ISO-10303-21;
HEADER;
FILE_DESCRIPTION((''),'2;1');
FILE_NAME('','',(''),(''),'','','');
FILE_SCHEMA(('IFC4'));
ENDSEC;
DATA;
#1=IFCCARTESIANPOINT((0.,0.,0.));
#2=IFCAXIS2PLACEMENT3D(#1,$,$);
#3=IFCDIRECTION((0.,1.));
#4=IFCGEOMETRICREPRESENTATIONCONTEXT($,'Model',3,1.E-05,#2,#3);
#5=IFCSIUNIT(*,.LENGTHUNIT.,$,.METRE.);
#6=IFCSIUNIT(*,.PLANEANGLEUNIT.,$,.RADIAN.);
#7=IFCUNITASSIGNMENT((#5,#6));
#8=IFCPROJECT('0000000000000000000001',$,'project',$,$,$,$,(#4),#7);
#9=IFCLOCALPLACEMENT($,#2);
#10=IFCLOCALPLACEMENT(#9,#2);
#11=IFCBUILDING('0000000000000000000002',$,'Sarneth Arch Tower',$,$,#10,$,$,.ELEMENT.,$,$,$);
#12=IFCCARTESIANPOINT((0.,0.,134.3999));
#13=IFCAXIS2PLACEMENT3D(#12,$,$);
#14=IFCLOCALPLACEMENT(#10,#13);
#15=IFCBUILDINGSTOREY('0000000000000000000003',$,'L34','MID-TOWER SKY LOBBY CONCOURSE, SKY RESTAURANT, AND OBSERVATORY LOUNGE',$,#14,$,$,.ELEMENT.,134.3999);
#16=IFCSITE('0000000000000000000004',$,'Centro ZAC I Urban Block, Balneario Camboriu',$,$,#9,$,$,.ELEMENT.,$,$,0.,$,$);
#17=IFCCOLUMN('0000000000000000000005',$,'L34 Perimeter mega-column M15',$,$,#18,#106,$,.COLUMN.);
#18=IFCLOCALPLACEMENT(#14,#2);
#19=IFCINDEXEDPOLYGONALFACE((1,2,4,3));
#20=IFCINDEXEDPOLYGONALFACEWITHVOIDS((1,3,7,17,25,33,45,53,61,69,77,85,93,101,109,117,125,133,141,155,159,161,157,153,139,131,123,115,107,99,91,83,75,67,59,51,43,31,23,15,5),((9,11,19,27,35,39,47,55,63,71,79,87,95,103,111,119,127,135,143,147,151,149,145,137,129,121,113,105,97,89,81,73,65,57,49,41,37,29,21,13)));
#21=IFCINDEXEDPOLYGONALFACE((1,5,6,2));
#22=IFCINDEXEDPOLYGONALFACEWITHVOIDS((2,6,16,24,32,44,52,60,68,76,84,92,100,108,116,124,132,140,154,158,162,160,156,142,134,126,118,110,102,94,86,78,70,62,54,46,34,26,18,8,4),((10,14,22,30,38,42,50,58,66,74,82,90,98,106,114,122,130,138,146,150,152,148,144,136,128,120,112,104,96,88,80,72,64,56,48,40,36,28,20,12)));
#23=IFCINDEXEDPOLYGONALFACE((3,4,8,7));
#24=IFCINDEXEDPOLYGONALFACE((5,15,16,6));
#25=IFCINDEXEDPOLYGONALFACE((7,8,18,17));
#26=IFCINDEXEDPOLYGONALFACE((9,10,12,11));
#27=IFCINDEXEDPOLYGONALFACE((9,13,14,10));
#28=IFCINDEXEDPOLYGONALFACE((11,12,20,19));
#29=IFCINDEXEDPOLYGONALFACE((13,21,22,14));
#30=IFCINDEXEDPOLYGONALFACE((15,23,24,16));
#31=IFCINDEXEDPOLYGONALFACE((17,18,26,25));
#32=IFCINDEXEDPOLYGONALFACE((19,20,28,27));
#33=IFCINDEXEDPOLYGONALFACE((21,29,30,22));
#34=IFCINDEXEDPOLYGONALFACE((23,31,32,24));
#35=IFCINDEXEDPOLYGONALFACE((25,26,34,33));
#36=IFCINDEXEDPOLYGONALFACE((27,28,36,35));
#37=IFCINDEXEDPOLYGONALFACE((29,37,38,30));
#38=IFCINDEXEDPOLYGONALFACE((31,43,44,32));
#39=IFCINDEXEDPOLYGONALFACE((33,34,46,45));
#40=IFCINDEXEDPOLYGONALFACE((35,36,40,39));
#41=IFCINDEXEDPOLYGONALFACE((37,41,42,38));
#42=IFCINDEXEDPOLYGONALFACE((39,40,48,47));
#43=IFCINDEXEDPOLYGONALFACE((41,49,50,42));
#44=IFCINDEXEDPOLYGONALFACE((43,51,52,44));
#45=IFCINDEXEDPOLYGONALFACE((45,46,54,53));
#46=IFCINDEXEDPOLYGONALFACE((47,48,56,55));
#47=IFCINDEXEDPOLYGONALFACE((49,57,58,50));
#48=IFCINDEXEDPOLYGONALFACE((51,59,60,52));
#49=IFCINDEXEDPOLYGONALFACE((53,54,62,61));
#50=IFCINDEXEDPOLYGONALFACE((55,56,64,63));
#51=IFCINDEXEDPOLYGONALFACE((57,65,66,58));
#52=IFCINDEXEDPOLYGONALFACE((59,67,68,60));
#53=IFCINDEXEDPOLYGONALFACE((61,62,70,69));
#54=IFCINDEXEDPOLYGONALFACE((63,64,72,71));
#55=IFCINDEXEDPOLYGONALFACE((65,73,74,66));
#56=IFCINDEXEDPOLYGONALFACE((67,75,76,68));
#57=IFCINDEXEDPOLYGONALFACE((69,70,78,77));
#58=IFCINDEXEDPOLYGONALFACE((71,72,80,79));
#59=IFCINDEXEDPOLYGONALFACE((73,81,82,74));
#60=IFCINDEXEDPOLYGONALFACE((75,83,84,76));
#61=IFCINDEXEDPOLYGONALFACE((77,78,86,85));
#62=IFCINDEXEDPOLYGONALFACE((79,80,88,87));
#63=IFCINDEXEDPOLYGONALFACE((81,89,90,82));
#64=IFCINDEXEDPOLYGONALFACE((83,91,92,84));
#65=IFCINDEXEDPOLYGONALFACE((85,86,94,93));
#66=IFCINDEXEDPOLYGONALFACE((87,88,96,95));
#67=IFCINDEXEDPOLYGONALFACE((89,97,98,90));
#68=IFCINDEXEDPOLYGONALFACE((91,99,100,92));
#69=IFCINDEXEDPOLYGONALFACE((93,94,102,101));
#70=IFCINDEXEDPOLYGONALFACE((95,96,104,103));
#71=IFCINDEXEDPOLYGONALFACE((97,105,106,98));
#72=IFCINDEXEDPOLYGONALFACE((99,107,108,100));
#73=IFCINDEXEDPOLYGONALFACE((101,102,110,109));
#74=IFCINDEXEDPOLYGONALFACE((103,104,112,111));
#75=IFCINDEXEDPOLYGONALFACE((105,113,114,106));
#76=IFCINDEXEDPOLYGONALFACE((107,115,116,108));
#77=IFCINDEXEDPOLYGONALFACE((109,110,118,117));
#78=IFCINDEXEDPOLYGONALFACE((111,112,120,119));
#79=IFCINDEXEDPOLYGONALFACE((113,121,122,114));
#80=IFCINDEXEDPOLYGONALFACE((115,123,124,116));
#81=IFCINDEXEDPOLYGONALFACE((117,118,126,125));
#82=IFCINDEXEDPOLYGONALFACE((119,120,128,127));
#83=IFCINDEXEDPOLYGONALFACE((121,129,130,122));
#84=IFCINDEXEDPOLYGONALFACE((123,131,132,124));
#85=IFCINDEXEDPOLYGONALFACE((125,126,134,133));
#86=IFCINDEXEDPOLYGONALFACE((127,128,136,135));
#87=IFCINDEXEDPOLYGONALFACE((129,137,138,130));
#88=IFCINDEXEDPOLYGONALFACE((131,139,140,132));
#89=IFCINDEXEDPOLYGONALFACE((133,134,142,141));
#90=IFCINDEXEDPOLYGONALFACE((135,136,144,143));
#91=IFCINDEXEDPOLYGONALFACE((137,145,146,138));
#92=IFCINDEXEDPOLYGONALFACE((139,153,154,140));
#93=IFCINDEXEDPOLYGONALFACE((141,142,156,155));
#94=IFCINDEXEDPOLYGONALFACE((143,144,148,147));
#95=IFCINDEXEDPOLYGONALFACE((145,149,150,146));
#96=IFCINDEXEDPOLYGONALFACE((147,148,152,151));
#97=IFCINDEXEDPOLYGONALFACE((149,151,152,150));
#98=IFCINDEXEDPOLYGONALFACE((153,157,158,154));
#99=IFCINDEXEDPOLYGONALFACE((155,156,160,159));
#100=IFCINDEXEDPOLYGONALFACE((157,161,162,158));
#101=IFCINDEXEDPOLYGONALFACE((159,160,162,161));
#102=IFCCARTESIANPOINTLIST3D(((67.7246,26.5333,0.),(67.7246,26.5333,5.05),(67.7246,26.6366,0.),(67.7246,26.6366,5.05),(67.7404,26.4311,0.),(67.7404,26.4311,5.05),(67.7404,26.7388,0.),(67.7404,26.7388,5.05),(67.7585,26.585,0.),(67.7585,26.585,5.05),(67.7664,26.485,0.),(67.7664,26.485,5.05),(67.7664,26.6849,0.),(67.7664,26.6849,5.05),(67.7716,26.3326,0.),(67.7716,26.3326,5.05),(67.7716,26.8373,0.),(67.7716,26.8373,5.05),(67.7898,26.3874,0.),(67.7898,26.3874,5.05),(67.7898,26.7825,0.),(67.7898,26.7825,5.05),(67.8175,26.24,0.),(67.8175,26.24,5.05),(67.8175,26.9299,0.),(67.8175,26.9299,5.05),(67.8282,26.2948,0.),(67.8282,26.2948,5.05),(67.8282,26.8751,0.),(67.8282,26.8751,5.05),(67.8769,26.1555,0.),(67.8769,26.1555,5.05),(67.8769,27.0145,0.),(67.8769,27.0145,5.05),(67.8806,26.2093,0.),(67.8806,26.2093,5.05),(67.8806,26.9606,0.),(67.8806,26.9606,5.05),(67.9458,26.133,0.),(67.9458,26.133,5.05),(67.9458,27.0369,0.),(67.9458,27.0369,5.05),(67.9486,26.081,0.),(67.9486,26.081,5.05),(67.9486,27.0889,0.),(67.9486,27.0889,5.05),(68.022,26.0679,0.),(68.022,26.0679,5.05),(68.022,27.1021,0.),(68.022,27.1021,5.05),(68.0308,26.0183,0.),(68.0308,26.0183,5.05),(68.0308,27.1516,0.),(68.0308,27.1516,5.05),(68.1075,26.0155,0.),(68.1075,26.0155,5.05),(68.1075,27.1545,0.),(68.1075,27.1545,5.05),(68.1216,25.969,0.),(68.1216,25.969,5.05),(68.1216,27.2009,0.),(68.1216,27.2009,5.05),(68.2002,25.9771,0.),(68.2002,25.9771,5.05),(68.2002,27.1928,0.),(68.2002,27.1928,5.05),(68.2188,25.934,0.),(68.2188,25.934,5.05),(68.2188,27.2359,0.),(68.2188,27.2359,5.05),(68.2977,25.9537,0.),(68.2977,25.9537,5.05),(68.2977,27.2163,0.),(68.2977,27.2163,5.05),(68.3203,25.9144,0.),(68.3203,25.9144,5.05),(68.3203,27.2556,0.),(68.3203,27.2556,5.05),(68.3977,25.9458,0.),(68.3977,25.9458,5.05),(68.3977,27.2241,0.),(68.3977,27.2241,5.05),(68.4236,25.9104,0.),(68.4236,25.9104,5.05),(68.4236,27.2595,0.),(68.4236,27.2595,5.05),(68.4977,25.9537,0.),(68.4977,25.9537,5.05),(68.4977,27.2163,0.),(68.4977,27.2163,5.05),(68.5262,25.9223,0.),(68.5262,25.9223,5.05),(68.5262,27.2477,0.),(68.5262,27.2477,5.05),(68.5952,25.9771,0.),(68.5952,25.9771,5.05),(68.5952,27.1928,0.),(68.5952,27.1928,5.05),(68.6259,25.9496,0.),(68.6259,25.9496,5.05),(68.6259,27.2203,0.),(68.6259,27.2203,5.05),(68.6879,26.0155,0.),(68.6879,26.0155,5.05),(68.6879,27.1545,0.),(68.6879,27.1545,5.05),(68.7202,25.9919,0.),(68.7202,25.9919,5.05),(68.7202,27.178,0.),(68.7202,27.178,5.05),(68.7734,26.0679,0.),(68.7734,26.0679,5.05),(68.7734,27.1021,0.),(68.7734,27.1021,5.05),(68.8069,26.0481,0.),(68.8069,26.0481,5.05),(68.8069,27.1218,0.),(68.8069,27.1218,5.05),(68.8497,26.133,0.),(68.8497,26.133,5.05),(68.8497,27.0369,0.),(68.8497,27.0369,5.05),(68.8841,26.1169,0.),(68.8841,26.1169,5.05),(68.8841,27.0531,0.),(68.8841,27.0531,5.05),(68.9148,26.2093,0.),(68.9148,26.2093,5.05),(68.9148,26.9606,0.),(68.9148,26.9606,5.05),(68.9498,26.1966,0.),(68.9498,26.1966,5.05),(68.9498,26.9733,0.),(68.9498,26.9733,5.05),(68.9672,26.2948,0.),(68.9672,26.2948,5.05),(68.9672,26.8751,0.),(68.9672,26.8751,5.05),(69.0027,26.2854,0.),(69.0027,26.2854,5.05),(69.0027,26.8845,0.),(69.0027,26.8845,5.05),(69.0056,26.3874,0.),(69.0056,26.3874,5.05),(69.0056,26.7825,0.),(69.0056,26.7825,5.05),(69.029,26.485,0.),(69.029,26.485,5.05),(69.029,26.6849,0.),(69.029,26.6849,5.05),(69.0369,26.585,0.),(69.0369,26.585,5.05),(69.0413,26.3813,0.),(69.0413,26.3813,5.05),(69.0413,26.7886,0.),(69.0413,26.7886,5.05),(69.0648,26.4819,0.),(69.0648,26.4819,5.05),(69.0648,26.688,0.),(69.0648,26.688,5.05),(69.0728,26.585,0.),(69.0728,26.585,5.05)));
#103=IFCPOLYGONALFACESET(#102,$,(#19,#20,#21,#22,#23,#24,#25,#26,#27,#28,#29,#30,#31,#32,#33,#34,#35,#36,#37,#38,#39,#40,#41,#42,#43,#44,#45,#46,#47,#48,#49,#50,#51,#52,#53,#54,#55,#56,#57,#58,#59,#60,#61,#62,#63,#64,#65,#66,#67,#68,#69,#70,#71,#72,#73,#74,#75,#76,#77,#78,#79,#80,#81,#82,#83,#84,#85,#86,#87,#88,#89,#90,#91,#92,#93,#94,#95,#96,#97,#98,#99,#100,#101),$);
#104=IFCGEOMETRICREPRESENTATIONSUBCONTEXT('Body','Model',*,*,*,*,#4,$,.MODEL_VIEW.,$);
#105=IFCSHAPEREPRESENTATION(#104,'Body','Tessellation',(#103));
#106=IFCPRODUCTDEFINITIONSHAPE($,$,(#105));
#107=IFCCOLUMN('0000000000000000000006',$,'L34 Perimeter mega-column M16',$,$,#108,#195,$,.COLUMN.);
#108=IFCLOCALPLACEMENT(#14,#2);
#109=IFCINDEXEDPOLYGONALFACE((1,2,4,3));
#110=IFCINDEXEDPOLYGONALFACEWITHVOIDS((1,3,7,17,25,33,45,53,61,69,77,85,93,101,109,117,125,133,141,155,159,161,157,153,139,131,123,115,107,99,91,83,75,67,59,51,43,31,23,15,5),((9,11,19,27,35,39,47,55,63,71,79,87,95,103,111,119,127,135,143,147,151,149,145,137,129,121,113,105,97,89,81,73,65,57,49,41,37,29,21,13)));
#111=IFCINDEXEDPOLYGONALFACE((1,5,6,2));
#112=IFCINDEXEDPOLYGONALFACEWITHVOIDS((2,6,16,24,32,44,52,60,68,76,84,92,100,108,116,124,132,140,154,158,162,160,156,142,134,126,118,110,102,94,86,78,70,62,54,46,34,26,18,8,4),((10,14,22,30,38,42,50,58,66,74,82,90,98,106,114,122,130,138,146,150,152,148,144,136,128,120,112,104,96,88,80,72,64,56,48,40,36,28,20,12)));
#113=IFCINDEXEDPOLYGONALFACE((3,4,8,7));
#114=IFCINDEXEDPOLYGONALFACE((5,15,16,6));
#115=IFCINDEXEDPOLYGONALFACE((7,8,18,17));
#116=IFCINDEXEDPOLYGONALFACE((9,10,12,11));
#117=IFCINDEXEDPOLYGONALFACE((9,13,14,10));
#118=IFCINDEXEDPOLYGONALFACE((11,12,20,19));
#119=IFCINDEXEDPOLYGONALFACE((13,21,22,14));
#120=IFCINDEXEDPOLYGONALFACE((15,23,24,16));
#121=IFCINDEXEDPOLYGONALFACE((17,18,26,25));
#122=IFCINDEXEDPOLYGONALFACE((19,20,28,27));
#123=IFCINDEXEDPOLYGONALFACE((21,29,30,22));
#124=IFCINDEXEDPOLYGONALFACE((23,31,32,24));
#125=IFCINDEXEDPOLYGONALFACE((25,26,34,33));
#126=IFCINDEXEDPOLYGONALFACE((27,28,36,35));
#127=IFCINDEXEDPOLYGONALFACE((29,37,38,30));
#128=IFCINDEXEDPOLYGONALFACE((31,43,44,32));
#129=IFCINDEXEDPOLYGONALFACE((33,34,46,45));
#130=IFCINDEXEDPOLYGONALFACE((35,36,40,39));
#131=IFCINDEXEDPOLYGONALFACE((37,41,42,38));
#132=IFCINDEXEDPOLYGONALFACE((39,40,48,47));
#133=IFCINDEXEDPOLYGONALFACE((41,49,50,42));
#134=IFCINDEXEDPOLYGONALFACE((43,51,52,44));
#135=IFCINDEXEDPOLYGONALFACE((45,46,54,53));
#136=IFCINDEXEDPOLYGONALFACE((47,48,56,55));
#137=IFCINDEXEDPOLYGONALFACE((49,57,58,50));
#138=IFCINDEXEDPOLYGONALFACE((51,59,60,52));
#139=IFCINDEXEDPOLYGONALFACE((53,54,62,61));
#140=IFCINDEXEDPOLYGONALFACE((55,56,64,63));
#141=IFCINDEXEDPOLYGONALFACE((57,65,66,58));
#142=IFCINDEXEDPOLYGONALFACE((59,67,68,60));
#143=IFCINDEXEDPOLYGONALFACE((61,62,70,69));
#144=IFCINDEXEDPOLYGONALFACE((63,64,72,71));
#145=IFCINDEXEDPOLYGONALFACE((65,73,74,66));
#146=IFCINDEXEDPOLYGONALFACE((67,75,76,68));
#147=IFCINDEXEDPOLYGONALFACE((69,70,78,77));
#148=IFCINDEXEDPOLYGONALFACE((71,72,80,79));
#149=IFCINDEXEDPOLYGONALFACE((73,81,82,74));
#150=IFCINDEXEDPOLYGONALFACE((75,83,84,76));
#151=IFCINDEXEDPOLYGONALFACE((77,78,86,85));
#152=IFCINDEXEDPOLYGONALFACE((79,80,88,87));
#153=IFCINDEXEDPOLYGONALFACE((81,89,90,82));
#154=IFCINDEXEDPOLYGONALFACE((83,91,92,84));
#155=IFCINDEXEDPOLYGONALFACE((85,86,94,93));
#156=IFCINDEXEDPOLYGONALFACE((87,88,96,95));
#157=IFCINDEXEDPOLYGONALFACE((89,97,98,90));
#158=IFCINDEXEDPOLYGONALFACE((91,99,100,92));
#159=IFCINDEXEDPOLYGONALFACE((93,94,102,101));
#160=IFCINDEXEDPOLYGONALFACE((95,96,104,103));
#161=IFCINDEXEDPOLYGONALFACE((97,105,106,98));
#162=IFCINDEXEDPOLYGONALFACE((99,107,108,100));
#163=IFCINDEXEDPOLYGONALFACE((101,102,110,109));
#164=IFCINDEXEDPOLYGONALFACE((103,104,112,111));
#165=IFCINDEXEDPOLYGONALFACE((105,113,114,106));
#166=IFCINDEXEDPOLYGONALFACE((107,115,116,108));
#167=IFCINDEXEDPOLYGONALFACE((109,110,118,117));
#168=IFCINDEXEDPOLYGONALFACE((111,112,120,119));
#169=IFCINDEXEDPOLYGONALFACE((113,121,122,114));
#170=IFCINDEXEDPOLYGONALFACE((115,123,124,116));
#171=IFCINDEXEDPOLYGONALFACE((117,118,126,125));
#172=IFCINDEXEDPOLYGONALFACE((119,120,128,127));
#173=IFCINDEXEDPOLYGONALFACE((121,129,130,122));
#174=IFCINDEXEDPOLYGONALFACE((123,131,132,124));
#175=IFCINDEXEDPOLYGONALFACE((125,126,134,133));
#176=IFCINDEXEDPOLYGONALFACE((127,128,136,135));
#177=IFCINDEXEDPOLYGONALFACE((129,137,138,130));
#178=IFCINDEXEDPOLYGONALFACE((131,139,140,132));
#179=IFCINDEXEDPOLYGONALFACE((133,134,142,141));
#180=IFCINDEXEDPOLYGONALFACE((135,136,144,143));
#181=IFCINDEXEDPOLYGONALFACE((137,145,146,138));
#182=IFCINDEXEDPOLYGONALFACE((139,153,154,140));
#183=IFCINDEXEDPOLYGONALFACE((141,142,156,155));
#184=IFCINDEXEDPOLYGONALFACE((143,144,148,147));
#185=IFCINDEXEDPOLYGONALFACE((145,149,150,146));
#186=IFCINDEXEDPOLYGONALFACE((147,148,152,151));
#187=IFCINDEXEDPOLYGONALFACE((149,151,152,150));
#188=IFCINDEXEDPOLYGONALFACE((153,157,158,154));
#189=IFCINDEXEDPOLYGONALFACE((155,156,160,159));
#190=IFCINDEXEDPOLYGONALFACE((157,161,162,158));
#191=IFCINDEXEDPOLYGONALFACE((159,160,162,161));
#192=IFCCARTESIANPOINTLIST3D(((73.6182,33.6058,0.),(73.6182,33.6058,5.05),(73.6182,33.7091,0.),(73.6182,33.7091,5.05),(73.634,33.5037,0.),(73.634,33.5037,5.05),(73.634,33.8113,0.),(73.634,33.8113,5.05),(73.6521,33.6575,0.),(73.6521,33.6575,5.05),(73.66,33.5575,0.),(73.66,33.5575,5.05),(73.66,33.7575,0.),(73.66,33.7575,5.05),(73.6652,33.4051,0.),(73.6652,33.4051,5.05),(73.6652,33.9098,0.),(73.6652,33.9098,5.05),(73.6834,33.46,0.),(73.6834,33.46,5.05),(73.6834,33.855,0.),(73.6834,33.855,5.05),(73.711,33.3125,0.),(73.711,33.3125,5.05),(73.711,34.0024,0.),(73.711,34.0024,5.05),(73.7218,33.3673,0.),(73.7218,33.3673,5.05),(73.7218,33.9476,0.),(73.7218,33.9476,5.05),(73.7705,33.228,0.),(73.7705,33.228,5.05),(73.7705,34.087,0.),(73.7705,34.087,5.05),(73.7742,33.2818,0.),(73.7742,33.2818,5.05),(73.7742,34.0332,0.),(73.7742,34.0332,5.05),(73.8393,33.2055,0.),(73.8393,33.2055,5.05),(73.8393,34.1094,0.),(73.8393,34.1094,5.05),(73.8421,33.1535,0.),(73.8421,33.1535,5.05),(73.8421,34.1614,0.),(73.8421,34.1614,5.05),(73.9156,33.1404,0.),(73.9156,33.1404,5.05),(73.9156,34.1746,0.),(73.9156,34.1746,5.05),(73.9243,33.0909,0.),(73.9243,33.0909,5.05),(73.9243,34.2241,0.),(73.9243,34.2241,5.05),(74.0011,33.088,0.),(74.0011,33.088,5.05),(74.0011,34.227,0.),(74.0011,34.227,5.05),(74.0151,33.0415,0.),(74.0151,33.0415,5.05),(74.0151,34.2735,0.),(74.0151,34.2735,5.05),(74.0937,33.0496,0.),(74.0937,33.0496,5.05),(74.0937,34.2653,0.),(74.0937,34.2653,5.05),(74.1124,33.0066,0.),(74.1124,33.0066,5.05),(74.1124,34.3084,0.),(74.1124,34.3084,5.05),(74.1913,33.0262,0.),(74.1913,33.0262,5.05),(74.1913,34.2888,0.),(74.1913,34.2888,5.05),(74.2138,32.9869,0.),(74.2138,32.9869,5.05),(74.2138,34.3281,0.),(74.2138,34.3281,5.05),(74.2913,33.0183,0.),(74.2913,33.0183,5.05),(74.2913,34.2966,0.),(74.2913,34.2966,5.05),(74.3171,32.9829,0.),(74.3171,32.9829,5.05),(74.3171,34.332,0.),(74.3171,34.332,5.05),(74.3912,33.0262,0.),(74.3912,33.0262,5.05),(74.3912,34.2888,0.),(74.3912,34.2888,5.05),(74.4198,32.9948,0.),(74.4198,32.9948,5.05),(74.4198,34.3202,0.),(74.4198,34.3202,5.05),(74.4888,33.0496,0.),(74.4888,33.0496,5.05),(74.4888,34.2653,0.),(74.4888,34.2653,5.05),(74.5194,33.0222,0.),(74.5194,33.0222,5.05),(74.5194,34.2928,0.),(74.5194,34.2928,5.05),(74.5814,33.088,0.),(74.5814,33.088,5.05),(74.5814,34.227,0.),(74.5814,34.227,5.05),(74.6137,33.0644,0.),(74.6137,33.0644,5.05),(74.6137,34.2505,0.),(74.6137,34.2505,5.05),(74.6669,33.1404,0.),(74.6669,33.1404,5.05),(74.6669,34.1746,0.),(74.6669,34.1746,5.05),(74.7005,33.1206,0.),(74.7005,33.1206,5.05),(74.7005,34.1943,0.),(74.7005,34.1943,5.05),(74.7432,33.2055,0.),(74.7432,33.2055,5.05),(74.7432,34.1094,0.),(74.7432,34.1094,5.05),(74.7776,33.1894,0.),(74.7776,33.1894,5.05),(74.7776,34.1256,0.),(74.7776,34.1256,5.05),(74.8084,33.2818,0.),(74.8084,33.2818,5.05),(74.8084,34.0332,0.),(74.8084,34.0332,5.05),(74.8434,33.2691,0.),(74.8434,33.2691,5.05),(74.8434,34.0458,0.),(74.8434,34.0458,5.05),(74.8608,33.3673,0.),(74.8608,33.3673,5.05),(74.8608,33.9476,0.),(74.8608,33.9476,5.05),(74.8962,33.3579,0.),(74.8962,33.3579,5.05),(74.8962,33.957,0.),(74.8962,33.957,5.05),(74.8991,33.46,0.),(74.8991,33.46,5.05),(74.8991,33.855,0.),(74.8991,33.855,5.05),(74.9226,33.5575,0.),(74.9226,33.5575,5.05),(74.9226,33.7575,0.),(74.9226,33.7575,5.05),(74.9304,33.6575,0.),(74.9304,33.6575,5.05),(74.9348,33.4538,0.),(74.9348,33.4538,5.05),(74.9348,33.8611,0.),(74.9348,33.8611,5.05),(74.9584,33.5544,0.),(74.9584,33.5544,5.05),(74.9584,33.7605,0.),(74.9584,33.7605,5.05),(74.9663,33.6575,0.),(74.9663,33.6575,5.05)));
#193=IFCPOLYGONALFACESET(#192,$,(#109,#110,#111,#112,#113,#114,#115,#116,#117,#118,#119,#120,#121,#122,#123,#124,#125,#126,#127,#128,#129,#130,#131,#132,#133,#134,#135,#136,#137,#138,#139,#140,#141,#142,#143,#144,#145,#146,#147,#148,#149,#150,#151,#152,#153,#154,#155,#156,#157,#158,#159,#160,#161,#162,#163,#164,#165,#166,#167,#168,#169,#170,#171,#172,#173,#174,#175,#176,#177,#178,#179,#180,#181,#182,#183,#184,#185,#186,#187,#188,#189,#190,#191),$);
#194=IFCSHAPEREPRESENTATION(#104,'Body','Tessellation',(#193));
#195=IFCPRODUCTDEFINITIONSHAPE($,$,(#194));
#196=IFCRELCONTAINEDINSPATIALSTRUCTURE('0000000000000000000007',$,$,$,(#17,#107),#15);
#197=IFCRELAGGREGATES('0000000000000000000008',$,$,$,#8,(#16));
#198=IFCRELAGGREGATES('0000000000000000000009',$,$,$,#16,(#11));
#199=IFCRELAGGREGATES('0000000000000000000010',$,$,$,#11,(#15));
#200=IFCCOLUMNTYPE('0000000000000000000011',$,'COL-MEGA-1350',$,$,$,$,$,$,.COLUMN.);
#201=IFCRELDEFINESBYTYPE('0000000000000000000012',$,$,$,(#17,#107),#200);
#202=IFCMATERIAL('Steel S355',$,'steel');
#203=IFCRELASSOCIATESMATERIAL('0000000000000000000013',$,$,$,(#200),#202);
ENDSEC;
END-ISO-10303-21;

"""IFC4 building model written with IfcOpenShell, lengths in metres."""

from ifc_helpers import new_model, si_unit, direction, frame, origin, origin_2d, place, context, subcontext, project, spatial, hollow_circle, extrude, material, material_profile, profile_set, type_object, element, save


model = new_model("IFC4")

# Units and contexts
model_context = context("Model", 3, precision=1e-05, world=origin(), true_north=direction((0.0, 1.0)))
body_context = subcontext(model_context, "Body", "Model", "MODEL_VIEW")
ifc_project = project(units=[si_unit("LENGTHUNIT", "METRE"), si_unit("PLANEANGLEUNIT", "RADIAN")], contexts=[model_context])

# Site, building, storey
site_placement = place(None, origin())
site = spatial("IfcSite", under=ifc_project, at=site_placement, Name="Centro ZAC I Urban Block, Balneario Camboriu", CompositionType="ELEMENT", RefElevation=0.0)
building_placement = place(site_placement, origin())
building = spatial("IfcBuilding", under=site, at=building_placement, Name="Sarneth Arch Tower", CompositionType="ELEMENT")
storey_placement = place(building_placement, frame((0.0, 0.0, 134.3999)))
storey = spatial("IfcBuildingStorey", under=building, at=storey_placement, Name="L34", Description="MID-TOWER SKY LOBBY CONCOURSE, SKY RESTAURANT, AND OBSERVATORY LOUNGE", CompositionType="ELEMENT", Elevation=134.3999)

# Columns
ifc_material_1 = material(Name="Steel S355", Category="steel")
ifc_material_profile_1 = material_profile(ifc_material_1, hollow_circle(Radius=0.675, WallThickness=0.0359, at=origin_2d()), Name="CHS1350x36")
ifc_profile_set_1 = profile_set([ifc_material_profile_1], Name="Steel S355")
column_type = type_object("IfcColumnType", Name="COL-MEGA-1350", PredefinedType="COLUMN", material=ifc_profile_set_1)
for number, where, z_axis, x_axis, name in (
    (1, (68.3977, 26.585, 0.0), (0.0, 0.0, 1.0), (1.0, 0.0, 0.0), "L34 Perimeter mega-column M15"),
    (2, (74.2913, 33.6575, 0.0), (0.0, 0.0, 1.0), (1.0, 0.0, 0.0), "L34 Perimeter mega-column M16"),
):
    element("IfcColumn", number, at=place(storey_placement, frame(where, z_axis=z_axis, x_axis=x_axis)), inside=storey, type_object=column_type, Name=name, PredefinedType="COLUMN", context=body_context, shape_type="SweptSolid", body=[
        extrude(hollow_circle(Radius=0.675, WallThickness=0.0359, at=origin_2d()), origin(), (0.0, 0.0, 1.0), 5.05),
    ])

save(model, "model.ifc")
